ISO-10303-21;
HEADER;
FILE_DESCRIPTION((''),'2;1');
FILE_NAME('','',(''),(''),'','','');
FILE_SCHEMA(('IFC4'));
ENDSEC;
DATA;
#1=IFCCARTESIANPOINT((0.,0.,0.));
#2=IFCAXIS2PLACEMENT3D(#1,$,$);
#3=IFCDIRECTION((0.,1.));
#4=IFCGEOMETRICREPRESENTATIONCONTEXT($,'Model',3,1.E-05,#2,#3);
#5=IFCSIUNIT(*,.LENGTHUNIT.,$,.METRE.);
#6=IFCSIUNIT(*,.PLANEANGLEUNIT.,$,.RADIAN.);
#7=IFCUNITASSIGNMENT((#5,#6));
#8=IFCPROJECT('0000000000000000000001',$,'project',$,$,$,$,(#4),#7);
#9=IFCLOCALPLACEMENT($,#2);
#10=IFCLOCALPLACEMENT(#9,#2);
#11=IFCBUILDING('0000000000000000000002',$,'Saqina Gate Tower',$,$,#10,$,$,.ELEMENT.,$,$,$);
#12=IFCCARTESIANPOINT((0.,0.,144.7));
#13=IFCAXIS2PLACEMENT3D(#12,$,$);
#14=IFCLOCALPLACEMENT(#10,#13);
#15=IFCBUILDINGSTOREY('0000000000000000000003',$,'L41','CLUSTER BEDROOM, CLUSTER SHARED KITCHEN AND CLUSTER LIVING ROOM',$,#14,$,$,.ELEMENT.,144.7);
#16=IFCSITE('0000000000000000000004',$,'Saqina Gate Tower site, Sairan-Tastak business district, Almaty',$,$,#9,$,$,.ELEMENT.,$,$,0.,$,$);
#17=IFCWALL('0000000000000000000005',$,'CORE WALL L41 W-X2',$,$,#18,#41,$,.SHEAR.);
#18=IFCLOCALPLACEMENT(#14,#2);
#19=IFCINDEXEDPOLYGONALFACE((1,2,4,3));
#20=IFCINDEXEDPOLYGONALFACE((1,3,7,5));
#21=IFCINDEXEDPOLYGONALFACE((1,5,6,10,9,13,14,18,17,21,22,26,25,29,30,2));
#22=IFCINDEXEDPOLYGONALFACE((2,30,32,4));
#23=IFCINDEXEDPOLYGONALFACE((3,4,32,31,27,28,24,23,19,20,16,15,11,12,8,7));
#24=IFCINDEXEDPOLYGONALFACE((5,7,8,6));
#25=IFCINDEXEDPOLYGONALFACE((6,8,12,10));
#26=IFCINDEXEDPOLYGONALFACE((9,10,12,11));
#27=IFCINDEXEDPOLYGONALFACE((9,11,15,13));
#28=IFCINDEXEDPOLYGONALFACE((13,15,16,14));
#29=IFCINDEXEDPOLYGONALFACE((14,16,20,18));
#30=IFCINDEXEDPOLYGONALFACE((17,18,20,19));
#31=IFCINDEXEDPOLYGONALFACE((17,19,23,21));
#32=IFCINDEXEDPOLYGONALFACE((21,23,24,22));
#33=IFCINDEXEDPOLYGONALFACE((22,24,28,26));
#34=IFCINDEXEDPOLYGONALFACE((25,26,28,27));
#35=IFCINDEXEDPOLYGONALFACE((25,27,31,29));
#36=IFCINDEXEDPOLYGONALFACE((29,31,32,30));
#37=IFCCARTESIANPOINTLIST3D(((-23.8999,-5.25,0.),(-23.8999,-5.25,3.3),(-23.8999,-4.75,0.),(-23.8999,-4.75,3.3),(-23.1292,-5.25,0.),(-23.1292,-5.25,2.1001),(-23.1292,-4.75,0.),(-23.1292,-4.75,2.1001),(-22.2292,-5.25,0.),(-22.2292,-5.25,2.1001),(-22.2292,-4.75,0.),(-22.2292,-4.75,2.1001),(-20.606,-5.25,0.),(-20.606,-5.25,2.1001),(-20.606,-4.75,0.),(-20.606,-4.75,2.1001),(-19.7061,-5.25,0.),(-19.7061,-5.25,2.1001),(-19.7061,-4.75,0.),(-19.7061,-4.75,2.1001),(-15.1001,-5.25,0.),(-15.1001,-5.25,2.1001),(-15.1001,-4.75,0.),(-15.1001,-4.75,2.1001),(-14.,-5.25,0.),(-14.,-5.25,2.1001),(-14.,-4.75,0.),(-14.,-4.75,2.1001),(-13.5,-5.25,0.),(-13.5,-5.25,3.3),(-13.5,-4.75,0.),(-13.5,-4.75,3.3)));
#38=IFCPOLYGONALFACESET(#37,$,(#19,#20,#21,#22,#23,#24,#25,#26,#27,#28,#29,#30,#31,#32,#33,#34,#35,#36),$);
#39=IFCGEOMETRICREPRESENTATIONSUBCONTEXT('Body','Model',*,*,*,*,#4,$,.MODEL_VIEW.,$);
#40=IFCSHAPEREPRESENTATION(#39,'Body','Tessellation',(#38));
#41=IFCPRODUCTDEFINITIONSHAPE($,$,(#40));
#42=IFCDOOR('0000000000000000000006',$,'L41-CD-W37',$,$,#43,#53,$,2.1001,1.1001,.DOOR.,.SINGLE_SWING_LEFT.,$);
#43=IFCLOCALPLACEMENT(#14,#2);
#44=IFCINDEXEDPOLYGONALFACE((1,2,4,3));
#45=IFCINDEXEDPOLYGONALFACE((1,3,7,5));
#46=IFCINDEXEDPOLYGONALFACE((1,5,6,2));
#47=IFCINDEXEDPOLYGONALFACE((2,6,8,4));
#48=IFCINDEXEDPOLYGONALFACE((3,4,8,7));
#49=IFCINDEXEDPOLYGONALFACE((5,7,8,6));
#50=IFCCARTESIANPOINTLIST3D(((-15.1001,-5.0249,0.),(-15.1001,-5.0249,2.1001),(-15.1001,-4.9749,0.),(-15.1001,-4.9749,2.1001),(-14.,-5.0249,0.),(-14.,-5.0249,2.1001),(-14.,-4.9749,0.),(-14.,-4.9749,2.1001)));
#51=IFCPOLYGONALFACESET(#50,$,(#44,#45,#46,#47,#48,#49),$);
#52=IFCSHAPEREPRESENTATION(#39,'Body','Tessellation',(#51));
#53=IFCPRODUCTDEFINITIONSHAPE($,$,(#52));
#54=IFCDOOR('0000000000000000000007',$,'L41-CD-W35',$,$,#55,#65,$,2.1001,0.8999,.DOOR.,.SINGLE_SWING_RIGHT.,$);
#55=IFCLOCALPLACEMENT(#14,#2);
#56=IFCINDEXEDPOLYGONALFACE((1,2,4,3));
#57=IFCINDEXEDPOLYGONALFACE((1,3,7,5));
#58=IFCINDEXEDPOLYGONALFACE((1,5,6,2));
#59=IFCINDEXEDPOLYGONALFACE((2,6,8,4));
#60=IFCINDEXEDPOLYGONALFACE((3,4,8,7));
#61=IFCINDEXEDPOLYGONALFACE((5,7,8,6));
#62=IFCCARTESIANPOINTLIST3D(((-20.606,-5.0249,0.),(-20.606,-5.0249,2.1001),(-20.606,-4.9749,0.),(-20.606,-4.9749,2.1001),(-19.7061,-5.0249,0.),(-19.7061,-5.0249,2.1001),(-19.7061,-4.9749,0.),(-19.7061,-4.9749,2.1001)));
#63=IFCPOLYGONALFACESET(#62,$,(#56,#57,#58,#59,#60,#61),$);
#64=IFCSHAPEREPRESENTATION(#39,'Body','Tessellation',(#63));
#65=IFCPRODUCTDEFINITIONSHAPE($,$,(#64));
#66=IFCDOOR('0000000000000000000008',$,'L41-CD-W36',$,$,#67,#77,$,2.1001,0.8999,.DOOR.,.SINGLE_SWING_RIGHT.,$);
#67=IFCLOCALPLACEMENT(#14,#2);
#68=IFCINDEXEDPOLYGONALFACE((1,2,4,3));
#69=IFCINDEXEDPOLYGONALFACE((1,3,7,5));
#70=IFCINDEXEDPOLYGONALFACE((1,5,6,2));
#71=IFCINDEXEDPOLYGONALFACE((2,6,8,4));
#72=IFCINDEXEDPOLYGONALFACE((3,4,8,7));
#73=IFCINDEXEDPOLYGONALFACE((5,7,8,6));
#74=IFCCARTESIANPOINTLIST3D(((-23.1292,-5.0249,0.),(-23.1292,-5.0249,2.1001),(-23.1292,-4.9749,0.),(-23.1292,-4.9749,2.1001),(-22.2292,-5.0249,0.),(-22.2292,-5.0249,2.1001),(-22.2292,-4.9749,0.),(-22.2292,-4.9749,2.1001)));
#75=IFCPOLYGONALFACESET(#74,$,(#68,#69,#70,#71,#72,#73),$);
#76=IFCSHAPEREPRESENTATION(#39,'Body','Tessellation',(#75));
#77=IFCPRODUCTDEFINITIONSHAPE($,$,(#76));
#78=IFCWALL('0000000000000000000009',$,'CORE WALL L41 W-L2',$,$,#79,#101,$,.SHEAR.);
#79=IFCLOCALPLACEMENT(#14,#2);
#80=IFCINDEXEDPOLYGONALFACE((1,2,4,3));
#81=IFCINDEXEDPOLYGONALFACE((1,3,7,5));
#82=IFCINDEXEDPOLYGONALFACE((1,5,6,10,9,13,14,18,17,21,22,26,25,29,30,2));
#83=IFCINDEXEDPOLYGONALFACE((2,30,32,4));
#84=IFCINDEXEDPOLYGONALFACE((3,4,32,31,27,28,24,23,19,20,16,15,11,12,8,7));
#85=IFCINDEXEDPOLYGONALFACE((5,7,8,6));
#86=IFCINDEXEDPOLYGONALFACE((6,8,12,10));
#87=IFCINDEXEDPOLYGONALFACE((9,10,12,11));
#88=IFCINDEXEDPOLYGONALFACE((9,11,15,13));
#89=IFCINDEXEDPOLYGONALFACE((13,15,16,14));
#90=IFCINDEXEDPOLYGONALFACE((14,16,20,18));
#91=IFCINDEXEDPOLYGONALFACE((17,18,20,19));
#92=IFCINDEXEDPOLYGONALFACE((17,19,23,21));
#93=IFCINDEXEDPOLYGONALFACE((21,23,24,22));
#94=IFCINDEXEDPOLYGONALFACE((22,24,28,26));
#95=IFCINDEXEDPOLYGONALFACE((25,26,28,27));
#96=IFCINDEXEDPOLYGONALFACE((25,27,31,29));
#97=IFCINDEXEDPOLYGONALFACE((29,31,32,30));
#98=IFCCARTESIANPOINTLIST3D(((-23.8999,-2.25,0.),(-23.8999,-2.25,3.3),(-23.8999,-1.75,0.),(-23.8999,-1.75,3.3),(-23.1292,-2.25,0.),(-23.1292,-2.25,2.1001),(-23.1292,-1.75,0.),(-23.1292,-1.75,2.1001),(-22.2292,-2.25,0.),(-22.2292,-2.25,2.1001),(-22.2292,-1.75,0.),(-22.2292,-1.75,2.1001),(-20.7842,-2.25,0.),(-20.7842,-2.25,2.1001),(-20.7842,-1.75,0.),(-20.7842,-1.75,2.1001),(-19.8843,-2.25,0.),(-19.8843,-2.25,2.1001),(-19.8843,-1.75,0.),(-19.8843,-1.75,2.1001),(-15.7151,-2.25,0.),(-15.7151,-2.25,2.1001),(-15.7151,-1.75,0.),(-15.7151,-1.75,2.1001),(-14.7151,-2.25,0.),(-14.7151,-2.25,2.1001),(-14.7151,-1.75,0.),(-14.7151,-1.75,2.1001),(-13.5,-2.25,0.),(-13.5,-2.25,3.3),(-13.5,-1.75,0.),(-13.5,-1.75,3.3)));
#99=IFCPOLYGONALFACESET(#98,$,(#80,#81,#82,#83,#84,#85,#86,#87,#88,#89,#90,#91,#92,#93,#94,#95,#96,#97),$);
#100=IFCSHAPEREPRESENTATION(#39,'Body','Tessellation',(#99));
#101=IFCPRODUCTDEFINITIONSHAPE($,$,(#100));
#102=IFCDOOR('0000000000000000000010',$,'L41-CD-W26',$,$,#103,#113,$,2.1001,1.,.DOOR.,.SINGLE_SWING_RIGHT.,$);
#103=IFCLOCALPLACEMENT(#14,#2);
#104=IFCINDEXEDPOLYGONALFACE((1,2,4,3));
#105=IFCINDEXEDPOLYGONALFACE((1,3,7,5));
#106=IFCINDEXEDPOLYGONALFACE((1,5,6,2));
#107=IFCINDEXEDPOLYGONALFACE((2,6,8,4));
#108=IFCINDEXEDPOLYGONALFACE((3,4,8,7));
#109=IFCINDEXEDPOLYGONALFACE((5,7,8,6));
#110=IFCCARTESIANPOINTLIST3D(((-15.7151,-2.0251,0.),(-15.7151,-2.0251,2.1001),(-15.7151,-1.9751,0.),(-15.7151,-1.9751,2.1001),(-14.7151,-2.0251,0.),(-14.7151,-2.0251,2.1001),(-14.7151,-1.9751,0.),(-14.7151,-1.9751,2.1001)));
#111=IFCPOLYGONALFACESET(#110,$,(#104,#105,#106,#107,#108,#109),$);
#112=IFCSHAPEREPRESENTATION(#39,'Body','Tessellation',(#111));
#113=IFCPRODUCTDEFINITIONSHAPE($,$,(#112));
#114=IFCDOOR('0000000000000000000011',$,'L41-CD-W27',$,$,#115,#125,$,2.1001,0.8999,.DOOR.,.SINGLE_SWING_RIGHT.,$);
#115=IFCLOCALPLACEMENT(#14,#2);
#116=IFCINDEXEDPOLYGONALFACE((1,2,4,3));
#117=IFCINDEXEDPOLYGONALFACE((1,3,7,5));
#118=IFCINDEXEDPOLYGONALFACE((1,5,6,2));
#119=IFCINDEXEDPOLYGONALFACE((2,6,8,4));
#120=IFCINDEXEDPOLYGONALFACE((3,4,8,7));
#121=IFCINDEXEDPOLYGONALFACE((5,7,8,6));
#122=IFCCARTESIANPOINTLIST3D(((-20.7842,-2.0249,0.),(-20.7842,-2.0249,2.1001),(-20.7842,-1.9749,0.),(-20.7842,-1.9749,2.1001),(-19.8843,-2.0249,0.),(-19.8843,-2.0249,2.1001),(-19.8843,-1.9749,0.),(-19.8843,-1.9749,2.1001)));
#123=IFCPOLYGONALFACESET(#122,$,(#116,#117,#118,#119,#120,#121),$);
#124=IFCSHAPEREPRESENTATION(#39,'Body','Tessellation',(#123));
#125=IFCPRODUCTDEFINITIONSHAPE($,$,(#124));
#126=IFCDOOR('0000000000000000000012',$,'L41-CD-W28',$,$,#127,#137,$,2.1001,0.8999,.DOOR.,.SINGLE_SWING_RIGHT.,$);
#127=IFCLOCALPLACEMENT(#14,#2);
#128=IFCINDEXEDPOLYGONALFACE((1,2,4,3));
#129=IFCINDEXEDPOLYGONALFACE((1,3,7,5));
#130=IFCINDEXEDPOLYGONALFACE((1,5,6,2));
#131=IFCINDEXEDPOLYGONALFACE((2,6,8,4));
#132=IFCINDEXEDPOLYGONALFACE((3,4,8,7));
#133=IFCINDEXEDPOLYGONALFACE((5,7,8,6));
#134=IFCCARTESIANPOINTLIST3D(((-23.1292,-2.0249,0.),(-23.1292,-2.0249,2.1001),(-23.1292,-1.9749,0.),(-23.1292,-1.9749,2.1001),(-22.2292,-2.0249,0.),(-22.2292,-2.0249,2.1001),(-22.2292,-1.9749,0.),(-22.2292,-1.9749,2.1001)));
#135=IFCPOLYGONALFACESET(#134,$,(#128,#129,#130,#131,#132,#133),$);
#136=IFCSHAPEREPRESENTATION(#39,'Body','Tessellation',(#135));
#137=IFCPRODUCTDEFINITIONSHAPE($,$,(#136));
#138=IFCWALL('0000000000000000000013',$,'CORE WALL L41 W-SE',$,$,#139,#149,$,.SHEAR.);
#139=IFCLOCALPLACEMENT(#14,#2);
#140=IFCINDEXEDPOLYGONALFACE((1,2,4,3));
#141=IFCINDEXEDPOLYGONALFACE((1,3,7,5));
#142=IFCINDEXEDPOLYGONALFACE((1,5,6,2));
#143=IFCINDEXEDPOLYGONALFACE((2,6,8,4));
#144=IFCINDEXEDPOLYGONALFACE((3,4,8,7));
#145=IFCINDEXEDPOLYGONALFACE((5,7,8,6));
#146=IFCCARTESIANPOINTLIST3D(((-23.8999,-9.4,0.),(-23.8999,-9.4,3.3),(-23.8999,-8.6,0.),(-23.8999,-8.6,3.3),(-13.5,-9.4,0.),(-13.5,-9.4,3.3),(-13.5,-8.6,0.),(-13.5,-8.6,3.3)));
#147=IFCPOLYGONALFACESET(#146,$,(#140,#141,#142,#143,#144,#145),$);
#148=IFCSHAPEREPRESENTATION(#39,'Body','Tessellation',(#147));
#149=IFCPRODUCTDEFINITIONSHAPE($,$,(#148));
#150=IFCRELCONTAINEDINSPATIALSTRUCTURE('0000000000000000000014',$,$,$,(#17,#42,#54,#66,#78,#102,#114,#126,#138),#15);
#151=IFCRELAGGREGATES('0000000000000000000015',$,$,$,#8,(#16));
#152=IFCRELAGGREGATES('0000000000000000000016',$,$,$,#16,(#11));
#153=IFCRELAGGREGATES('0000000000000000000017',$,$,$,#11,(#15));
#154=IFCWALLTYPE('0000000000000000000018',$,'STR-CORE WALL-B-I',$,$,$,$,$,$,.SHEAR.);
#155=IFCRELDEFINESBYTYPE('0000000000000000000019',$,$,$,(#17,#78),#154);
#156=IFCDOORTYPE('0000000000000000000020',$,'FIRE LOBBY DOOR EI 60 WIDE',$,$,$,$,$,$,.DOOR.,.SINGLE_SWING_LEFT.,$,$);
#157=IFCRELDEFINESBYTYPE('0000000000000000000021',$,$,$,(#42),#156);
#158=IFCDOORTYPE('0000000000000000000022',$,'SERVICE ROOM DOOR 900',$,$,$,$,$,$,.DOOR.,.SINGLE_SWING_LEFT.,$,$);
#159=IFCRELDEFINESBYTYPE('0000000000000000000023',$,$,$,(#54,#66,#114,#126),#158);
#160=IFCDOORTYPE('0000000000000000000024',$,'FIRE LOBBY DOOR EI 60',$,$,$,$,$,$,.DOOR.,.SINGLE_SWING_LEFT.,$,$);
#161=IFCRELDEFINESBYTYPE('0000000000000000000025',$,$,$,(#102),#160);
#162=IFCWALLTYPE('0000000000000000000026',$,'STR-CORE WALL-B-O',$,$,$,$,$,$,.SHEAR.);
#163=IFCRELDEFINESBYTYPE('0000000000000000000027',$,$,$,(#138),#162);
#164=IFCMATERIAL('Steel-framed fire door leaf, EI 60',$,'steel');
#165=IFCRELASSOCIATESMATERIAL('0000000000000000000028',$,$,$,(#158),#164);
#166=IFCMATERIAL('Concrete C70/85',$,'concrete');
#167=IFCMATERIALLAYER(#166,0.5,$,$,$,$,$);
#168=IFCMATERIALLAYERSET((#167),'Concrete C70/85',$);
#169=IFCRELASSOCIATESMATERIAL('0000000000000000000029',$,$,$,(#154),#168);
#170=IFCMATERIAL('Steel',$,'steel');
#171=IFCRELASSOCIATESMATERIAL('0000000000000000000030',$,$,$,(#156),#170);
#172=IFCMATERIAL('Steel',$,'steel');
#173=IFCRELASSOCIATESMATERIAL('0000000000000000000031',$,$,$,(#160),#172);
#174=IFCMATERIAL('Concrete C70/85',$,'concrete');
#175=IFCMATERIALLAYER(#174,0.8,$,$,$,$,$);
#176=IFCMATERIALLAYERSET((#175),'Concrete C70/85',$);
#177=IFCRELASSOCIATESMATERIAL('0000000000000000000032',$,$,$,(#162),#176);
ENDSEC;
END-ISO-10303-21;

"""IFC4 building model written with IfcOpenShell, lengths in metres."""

from ifc_helpers import new_model, si_unit, direction, frame, frame_2d, origin, place, context, subcontext, project, spatial, rectangle, extrude, material, layer, layer_set, type_object, element, fill, save


model = new_model("IFC4")

# Units and contexts
model_context = context("Model", 3, precision=1e-05, world=origin(), true_north=direction((0.0, 1.0)))
body_context = subcontext(model_context, "Body", "Model", "MODEL_VIEW")
ifc_project = project(units=[si_unit("LENGTHUNIT", "METRE"), si_unit("PLANEANGLEUNIT", "RADIAN")], contexts=[model_context])

# Site, building, storey
site_placement = place(None, origin())
site = spatial("IfcSite", under=ifc_project, at=site_placement, Name="Saqina Gate Tower site, Sairan-Tastak business district, Almaty", CompositionType="ELEMENT", RefElevation=0.0)
building_placement = place(site_placement, origin())
building = spatial("IfcBuilding", under=site, at=building_placement, Name="Saqina Gate Tower", CompositionType="ELEMENT")
storey_placement = place(building_placement, frame((0.0, 0.0, 144.7)))
storey = spatial("IfcBuildingStorey", under=building, at=storey_placement, Name="L41", Description="CLUSTER BEDROOM, CLUSTER SHARED KITCHEN AND CLUSTER LIVING ROOM", CompositionType="ELEMENT", Elevation=144.7)

# Shared definitions
ifc_material_1 = material(Name="Steel-framed fire door leaf, EI 60", Category="steel")
door_type_1 = type_object("IfcDoorType", Name="SERVICE ROOM DOOR 900", OperationType="SINGLE_SWING_LEFT", PredefinedType="DOOR", material=ifc_material_1)

# Walls, openings, doors
ifc_material_2 = material(Name="Concrete C70/85", Category="concrete")
ifc_layer_1 = layer(ifc_material_2, 0.5)
ifc_layer_set_1 = layer_set([ifc_layer_1], Name="Concrete C70/85")
wall_type_1 = type_object("IfcWallType", Name="STR-CORE WALL-B-I", PredefinedType="SHEAR", material=ifc_layer_set_1)
wall_1_placement = place(storey_placement, frame((-13.5, -5.0, 0.0), z_axis=(0.0, 0.0, 1.0), x_axis=(-1.0, 0.0, 0.0)))
wall_1 = element("IfcWall", 1, at=wall_1_placement, inside=storey, type_object=wall_type_1, Name="CORE WALL L41 W-X2", PredefinedType="SHEAR", context=body_context, shape_type="SweptSolid", body=[
    extrude(rectangle(XDim=10.3999, YDim=0.5, at=frame_2d((5.2, 0.0))), origin(), (0.0, 0.0, 1.0), 3.3),
])
opening_1_placement = place(wall_1_placement, frame((6.2061, 0.0, 0.0)))
opening_1 = element("IfcOpeningElement", 2, at=opening_1_placement, cuts=wall_1, PredefinedType="OPENING", context=body_context, shape_type="SweptSolid", body=[
    extrude(rectangle(XDim=0.8999, YDim=2.1001, at=frame_2d((0.45, 1.05))), frame((0.0, 0.262, 0.0), z_axis=(0.0, -1.0, 0.0), x_axis=(1.0, 0.0, 0.0)), (0.0, 0.0, 1.0), 0.5239),
])
opening_2_placement = place(wall_1_placement, frame((8.7292, 0.0, 0.0)))
opening_2 = element("IfcOpeningElement", 3, at=opening_2_placement, cuts=wall_1, PredefinedType="OPENING", context=body_context, shape_type="SweptSolid", body=[
    extrude(rectangle(XDim=0.8999, YDim=2.1001, at=frame_2d((0.45, 1.05))), frame((0.0, 0.262, 0.0), z_axis=(0.0, -1.0, 0.0), x_axis=(1.0, 0.0, 0.0)), (0.0, 0.0, 1.0), 0.5239),
])
opening_3_placement = place(wall_1_placement, frame((0.5, 0.0, 0.0)))
opening_3 = element("IfcOpeningElement", 4, at=opening_3_placement, cuts=wall_1, PredefinedType="OPENING", context=body_context, shape_type="SweptSolid", body=[
    extrude(rectangle(XDim=1.1001, YDim=2.1001, at=frame_2d((0.55, 1.05))), frame((0.0, 0.262, 0.0), z_axis=(0.0, -1.0, 0.0), x_axis=(1.0, 0.0, 0.0)), (0.0, 0.0, 1.0), 0.5239),
])
ifc_material_3 = material(Name="Steel", Category="steel")
door_type_2 = type_object("IfcDoorType", Name="FIRE LOBBY DOOR EI 60 WIDE", OperationType="SINGLE_SWING_LEFT", PredefinedType="DOOR", material=ifc_material_3)
door_1_placement = place(opening_3_placement, origin())
door_1 = element("IfcDoor", 5, at=door_1_placement, inside=storey, type_object=door_type_2, Name="L41-CD-W37", OperationType="SINGLE_SWING_LEFT", OverallHeight=2.1001, OverallWidth=1.1001, PredefinedType="DOOR", context=body_context, shape_type="SweptSolid", body=[
    extrude(rectangle(XDim=1.1001, YDim=2.1001, at=frame_2d((0.55, 1.05))), frame((0.0, 0.0249, 0.0), z_axis=(0.0, -1.0, 0.0), x_axis=(1.0, 0.0, 0.0)), (0.0, 0.0, 1.0), 0.05),
])
fill(opening_3, door_1)
door_2_placement = place(opening_1_placement, origin())
door_2 = element("IfcDoor", 6, at=door_2_placement, inside=storey, type_object=door_type_1, Name="L41-CD-W35", OperationType="SINGLE_SWING_RIGHT", OverallHeight=2.1001, OverallWidth=0.8999, PredefinedType="DOOR", context=body_context, shape_type="SweptSolid", body=[
    extrude(rectangle(XDim=0.8999, YDim=2.1001, at=frame_2d((0.45, 1.05))), frame((0.0, 0.0249, 0.0), z_axis=(0.0, -1.0, 0.0), x_axis=(1.0, 0.0, 0.0)), (0.0, 0.0, 1.0), 0.05),
])
fill(opening_1, door_2)
door_3_placement = place(opening_2_placement, origin())
door_3 = element("IfcDoor", 7, at=door_3_placement, inside=storey, type_object=door_type_1, Name="L41-CD-W36", OperationType="SINGLE_SWING_RIGHT", OverallHeight=2.1001, OverallWidth=0.8999, PredefinedType="DOOR", context=body_context, shape_type="SweptSolid", body=[
    extrude(rectangle(XDim=0.8999, YDim=2.1001, at=frame_2d((0.45, 1.05))), frame((0.0, 0.0249, 0.0), z_axis=(0.0, -1.0, 0.0), x_axis=(1.0, 0.0, 0.0)), (0.0, 0.0, 1.0), 0.05),
])
fill(opening_2, door_3)
wall_2_placement = place(storey_placement, frame((-13.5, -2.0, 0.0), z_axis=(0.0, 0.0, 1.0), x_axis=(-1.0, 0.0, 0.0)))
wall_2 = element("IfcWall", 8, at=wall_2_placement, inside=storey, type_object=wall_type_1, Name="CORE WALL L41 W-L2", PredefinedType="SHEAR", context=body_context, shape_type="SweptSolid", body=[
    extrude(rectangle(XDim=10.3999, YDim=0.5, at=frame_2d((5.2, 0.0))), origin(), (0.0, 0.0, 1.0), 3.3),
])
opening_4_placement = place(wall_2_placement, frame((1.2151, 0.0, 0.0)))
opening_4 = element("IfcOpeningElement", 9, at=opening_4_placement, cuts=wall_2, PredefinedType="OPENING", context=body_context, shape_type="SweptSolid", body=[
    extrude(rectangle(XDim=1.0, YDim=2.1001, at=frame_2d((0.5, 1.05))), frame((0.0, 0.262, 0.0), z_axis=(0.0, -1.0, 0.0), x_axis=(1.0, 0.0, 0.0)), (0.0, 0.0, 1.0), 0.5239),
])
opening_5_placement = place(wall_2_placement, frame((6.3843, 0.0, 0.0)))
opening_5 = element("IfcOpeningElement", 10, at=opening_5_placement, cuts=wall_2, PredefinedType="OPENING", context=body_context, shape_type="SweptSolid", body=[
    extrude(rectangle(XDim=0.8999, YDim=2.1001, at=frame_2d((0.45, 1.05))), frame((0.0, 0.262, 0.0), z_axis=(0.0, -1.0, 0.0), x_axis=(1.0, 0.0, 0.0)), (0.0, 0.0, 1.0), 0.5239),
])
opening_6_placement = place(wall_2_placement, frame((8.7292, 0.0, 0.0)))
opening_6 = element("IfcOpeningElement", 11, at=opening_6_placement, cuts=wall_2, PredefinedType="OPENING", context=body_context, shape_type="SweptSolid", body=[
    extrude(rectangle(XDim=0.8999, YDim=2.1001, at=frame_2d((0.45, 1.05))), frame((0.0, 0.262, 0.0), z_axis=(0.0, -1.0, 0.0), x_axis=(1.0, 0.0, 0.0)), (0.0, 0.0, 1.0), 0.5239),
])
ifc_material_4 = material(Name="Steel", Category="steel")
door_type_3 = type_object("IfcDoorType", Name="FIRE LOBBY DOOR EI 60", OperationType="SINGLE_SWING_LEFT", PredefinedType="DOOR", material=ifc_material_4)
door_4_placement = place(opening_4_placement, frame((1.0, 0.0, 0.0), z_axis=(0.0, 0.0, 1.0), x_axis=(-1.0, 0.0, 0.0)))
door_4 = element("IfcDoor", 12, at=door_4_placement, inside=storey, type_object=door_type_3, Name="L41-CD-W26", OperationType="SINGLE_SWING_RIGHT", OverallHeight=2.1001, OverallWidth=1.0, PredefinedType="DOOR", context=body_context, shape_type="SweptSolid", body=[
    extrude(rectangle(XDim=1.0, YDim=2.1001, at=frame_2d((0.5, 1.05))), frame((0.0, 0.0249, 0.0), z_axis=(0.0, -1.0, 0.0), x_axis=(1.0, 0.0, 0.0)), (0.0, 0.0, 1.0), 0.05),
])
fill(opening_4, door_4)
door_5_placement = place(opening_5_placement, origin())
door_5 = element("IfcDoor", 13, at=door_5_placement, inside=storey, type_object=door_type_1, Name="L41-CD-W27", OperationType="SINGLE_SWING_RIGHT", OverallHeight=2.1001, OverallWidth=0.8999, PredefinedType="DOOR", context=body_context, shape_type="SweptSolid", body=[
    extrude(rectangle(XDim=0.8999, YDim=2.1001, at=frame_2d((0.45, 1.05))), frame((0.0, 0.0249, 0.0), z_axis=(0.0, -1.0, 0.0), x_axis=(1.0, 0.0, 0.0)), (0.0, 0.0, 1.0), 0.05),
])
fill(opening_5, door_5)
door_6_placement = place(opening_6_placement, origin())
door_6 = element("IfcDoor", 14, at=door_6_placement, inside=storey, type_object=door_type_1, Name="L41-CD-W28", OperationType="SINGLE_SWING_RIGHT", OverallHeight=2.1001, OverallWidth=0.8999, PredefinedType="DOOR", context=body_context, shape_type="SweptSolid", body=[
    extrude(rectangle(XDim=0.8999, YDim=2.1001, at=frame_2d((0.45, 1.05))), frame((0.0, 0.0249, 0.0), z_axis=(0.0, -1.0, 0.0), x_axis=(1.0, 0.0, 0.0)), (0.0, 0.0, 1.0), 0.05),
])
fill(opening_6, door_6)
ifc_material_5 = material(Name="Concrete C70/85", Category="concrete")
ifc_layer_2 = layer(ifc_material_5, 0.8)
ifc_layer_set_2 = layer_set([ifc_layer_2], Name="Concrete C70/85")
wall_type_2 = type_object("IfcWallType", Name="STR-CORE WALL-B-O", PredefinedType="SHEAR", material=ifc_layer_set_2)

# Wall
wall_3_placement = place(storey_placement, frame((-13.5, -9.0, 0.0), z_axis=(0.0, 0.0, 1.0), x_axis=(-1.0, 0.0, 0.0)))
element("IfcWall", 15, at=wall_3_placement, inside=storey, type_object=wall_type_2, Name="CORE WALL L41 W-SE", PredefinedType="SHEAR", context=body_context, shape_type="SweptSolid", body=[
    extrude(rectangle(XDim=10.3999, YDim=0.8, at=frame_2d((5.2, 0.0))), origin(), (0.0, 0.0, 1.0), 3.3),
])

save(model, "model.ifc")
